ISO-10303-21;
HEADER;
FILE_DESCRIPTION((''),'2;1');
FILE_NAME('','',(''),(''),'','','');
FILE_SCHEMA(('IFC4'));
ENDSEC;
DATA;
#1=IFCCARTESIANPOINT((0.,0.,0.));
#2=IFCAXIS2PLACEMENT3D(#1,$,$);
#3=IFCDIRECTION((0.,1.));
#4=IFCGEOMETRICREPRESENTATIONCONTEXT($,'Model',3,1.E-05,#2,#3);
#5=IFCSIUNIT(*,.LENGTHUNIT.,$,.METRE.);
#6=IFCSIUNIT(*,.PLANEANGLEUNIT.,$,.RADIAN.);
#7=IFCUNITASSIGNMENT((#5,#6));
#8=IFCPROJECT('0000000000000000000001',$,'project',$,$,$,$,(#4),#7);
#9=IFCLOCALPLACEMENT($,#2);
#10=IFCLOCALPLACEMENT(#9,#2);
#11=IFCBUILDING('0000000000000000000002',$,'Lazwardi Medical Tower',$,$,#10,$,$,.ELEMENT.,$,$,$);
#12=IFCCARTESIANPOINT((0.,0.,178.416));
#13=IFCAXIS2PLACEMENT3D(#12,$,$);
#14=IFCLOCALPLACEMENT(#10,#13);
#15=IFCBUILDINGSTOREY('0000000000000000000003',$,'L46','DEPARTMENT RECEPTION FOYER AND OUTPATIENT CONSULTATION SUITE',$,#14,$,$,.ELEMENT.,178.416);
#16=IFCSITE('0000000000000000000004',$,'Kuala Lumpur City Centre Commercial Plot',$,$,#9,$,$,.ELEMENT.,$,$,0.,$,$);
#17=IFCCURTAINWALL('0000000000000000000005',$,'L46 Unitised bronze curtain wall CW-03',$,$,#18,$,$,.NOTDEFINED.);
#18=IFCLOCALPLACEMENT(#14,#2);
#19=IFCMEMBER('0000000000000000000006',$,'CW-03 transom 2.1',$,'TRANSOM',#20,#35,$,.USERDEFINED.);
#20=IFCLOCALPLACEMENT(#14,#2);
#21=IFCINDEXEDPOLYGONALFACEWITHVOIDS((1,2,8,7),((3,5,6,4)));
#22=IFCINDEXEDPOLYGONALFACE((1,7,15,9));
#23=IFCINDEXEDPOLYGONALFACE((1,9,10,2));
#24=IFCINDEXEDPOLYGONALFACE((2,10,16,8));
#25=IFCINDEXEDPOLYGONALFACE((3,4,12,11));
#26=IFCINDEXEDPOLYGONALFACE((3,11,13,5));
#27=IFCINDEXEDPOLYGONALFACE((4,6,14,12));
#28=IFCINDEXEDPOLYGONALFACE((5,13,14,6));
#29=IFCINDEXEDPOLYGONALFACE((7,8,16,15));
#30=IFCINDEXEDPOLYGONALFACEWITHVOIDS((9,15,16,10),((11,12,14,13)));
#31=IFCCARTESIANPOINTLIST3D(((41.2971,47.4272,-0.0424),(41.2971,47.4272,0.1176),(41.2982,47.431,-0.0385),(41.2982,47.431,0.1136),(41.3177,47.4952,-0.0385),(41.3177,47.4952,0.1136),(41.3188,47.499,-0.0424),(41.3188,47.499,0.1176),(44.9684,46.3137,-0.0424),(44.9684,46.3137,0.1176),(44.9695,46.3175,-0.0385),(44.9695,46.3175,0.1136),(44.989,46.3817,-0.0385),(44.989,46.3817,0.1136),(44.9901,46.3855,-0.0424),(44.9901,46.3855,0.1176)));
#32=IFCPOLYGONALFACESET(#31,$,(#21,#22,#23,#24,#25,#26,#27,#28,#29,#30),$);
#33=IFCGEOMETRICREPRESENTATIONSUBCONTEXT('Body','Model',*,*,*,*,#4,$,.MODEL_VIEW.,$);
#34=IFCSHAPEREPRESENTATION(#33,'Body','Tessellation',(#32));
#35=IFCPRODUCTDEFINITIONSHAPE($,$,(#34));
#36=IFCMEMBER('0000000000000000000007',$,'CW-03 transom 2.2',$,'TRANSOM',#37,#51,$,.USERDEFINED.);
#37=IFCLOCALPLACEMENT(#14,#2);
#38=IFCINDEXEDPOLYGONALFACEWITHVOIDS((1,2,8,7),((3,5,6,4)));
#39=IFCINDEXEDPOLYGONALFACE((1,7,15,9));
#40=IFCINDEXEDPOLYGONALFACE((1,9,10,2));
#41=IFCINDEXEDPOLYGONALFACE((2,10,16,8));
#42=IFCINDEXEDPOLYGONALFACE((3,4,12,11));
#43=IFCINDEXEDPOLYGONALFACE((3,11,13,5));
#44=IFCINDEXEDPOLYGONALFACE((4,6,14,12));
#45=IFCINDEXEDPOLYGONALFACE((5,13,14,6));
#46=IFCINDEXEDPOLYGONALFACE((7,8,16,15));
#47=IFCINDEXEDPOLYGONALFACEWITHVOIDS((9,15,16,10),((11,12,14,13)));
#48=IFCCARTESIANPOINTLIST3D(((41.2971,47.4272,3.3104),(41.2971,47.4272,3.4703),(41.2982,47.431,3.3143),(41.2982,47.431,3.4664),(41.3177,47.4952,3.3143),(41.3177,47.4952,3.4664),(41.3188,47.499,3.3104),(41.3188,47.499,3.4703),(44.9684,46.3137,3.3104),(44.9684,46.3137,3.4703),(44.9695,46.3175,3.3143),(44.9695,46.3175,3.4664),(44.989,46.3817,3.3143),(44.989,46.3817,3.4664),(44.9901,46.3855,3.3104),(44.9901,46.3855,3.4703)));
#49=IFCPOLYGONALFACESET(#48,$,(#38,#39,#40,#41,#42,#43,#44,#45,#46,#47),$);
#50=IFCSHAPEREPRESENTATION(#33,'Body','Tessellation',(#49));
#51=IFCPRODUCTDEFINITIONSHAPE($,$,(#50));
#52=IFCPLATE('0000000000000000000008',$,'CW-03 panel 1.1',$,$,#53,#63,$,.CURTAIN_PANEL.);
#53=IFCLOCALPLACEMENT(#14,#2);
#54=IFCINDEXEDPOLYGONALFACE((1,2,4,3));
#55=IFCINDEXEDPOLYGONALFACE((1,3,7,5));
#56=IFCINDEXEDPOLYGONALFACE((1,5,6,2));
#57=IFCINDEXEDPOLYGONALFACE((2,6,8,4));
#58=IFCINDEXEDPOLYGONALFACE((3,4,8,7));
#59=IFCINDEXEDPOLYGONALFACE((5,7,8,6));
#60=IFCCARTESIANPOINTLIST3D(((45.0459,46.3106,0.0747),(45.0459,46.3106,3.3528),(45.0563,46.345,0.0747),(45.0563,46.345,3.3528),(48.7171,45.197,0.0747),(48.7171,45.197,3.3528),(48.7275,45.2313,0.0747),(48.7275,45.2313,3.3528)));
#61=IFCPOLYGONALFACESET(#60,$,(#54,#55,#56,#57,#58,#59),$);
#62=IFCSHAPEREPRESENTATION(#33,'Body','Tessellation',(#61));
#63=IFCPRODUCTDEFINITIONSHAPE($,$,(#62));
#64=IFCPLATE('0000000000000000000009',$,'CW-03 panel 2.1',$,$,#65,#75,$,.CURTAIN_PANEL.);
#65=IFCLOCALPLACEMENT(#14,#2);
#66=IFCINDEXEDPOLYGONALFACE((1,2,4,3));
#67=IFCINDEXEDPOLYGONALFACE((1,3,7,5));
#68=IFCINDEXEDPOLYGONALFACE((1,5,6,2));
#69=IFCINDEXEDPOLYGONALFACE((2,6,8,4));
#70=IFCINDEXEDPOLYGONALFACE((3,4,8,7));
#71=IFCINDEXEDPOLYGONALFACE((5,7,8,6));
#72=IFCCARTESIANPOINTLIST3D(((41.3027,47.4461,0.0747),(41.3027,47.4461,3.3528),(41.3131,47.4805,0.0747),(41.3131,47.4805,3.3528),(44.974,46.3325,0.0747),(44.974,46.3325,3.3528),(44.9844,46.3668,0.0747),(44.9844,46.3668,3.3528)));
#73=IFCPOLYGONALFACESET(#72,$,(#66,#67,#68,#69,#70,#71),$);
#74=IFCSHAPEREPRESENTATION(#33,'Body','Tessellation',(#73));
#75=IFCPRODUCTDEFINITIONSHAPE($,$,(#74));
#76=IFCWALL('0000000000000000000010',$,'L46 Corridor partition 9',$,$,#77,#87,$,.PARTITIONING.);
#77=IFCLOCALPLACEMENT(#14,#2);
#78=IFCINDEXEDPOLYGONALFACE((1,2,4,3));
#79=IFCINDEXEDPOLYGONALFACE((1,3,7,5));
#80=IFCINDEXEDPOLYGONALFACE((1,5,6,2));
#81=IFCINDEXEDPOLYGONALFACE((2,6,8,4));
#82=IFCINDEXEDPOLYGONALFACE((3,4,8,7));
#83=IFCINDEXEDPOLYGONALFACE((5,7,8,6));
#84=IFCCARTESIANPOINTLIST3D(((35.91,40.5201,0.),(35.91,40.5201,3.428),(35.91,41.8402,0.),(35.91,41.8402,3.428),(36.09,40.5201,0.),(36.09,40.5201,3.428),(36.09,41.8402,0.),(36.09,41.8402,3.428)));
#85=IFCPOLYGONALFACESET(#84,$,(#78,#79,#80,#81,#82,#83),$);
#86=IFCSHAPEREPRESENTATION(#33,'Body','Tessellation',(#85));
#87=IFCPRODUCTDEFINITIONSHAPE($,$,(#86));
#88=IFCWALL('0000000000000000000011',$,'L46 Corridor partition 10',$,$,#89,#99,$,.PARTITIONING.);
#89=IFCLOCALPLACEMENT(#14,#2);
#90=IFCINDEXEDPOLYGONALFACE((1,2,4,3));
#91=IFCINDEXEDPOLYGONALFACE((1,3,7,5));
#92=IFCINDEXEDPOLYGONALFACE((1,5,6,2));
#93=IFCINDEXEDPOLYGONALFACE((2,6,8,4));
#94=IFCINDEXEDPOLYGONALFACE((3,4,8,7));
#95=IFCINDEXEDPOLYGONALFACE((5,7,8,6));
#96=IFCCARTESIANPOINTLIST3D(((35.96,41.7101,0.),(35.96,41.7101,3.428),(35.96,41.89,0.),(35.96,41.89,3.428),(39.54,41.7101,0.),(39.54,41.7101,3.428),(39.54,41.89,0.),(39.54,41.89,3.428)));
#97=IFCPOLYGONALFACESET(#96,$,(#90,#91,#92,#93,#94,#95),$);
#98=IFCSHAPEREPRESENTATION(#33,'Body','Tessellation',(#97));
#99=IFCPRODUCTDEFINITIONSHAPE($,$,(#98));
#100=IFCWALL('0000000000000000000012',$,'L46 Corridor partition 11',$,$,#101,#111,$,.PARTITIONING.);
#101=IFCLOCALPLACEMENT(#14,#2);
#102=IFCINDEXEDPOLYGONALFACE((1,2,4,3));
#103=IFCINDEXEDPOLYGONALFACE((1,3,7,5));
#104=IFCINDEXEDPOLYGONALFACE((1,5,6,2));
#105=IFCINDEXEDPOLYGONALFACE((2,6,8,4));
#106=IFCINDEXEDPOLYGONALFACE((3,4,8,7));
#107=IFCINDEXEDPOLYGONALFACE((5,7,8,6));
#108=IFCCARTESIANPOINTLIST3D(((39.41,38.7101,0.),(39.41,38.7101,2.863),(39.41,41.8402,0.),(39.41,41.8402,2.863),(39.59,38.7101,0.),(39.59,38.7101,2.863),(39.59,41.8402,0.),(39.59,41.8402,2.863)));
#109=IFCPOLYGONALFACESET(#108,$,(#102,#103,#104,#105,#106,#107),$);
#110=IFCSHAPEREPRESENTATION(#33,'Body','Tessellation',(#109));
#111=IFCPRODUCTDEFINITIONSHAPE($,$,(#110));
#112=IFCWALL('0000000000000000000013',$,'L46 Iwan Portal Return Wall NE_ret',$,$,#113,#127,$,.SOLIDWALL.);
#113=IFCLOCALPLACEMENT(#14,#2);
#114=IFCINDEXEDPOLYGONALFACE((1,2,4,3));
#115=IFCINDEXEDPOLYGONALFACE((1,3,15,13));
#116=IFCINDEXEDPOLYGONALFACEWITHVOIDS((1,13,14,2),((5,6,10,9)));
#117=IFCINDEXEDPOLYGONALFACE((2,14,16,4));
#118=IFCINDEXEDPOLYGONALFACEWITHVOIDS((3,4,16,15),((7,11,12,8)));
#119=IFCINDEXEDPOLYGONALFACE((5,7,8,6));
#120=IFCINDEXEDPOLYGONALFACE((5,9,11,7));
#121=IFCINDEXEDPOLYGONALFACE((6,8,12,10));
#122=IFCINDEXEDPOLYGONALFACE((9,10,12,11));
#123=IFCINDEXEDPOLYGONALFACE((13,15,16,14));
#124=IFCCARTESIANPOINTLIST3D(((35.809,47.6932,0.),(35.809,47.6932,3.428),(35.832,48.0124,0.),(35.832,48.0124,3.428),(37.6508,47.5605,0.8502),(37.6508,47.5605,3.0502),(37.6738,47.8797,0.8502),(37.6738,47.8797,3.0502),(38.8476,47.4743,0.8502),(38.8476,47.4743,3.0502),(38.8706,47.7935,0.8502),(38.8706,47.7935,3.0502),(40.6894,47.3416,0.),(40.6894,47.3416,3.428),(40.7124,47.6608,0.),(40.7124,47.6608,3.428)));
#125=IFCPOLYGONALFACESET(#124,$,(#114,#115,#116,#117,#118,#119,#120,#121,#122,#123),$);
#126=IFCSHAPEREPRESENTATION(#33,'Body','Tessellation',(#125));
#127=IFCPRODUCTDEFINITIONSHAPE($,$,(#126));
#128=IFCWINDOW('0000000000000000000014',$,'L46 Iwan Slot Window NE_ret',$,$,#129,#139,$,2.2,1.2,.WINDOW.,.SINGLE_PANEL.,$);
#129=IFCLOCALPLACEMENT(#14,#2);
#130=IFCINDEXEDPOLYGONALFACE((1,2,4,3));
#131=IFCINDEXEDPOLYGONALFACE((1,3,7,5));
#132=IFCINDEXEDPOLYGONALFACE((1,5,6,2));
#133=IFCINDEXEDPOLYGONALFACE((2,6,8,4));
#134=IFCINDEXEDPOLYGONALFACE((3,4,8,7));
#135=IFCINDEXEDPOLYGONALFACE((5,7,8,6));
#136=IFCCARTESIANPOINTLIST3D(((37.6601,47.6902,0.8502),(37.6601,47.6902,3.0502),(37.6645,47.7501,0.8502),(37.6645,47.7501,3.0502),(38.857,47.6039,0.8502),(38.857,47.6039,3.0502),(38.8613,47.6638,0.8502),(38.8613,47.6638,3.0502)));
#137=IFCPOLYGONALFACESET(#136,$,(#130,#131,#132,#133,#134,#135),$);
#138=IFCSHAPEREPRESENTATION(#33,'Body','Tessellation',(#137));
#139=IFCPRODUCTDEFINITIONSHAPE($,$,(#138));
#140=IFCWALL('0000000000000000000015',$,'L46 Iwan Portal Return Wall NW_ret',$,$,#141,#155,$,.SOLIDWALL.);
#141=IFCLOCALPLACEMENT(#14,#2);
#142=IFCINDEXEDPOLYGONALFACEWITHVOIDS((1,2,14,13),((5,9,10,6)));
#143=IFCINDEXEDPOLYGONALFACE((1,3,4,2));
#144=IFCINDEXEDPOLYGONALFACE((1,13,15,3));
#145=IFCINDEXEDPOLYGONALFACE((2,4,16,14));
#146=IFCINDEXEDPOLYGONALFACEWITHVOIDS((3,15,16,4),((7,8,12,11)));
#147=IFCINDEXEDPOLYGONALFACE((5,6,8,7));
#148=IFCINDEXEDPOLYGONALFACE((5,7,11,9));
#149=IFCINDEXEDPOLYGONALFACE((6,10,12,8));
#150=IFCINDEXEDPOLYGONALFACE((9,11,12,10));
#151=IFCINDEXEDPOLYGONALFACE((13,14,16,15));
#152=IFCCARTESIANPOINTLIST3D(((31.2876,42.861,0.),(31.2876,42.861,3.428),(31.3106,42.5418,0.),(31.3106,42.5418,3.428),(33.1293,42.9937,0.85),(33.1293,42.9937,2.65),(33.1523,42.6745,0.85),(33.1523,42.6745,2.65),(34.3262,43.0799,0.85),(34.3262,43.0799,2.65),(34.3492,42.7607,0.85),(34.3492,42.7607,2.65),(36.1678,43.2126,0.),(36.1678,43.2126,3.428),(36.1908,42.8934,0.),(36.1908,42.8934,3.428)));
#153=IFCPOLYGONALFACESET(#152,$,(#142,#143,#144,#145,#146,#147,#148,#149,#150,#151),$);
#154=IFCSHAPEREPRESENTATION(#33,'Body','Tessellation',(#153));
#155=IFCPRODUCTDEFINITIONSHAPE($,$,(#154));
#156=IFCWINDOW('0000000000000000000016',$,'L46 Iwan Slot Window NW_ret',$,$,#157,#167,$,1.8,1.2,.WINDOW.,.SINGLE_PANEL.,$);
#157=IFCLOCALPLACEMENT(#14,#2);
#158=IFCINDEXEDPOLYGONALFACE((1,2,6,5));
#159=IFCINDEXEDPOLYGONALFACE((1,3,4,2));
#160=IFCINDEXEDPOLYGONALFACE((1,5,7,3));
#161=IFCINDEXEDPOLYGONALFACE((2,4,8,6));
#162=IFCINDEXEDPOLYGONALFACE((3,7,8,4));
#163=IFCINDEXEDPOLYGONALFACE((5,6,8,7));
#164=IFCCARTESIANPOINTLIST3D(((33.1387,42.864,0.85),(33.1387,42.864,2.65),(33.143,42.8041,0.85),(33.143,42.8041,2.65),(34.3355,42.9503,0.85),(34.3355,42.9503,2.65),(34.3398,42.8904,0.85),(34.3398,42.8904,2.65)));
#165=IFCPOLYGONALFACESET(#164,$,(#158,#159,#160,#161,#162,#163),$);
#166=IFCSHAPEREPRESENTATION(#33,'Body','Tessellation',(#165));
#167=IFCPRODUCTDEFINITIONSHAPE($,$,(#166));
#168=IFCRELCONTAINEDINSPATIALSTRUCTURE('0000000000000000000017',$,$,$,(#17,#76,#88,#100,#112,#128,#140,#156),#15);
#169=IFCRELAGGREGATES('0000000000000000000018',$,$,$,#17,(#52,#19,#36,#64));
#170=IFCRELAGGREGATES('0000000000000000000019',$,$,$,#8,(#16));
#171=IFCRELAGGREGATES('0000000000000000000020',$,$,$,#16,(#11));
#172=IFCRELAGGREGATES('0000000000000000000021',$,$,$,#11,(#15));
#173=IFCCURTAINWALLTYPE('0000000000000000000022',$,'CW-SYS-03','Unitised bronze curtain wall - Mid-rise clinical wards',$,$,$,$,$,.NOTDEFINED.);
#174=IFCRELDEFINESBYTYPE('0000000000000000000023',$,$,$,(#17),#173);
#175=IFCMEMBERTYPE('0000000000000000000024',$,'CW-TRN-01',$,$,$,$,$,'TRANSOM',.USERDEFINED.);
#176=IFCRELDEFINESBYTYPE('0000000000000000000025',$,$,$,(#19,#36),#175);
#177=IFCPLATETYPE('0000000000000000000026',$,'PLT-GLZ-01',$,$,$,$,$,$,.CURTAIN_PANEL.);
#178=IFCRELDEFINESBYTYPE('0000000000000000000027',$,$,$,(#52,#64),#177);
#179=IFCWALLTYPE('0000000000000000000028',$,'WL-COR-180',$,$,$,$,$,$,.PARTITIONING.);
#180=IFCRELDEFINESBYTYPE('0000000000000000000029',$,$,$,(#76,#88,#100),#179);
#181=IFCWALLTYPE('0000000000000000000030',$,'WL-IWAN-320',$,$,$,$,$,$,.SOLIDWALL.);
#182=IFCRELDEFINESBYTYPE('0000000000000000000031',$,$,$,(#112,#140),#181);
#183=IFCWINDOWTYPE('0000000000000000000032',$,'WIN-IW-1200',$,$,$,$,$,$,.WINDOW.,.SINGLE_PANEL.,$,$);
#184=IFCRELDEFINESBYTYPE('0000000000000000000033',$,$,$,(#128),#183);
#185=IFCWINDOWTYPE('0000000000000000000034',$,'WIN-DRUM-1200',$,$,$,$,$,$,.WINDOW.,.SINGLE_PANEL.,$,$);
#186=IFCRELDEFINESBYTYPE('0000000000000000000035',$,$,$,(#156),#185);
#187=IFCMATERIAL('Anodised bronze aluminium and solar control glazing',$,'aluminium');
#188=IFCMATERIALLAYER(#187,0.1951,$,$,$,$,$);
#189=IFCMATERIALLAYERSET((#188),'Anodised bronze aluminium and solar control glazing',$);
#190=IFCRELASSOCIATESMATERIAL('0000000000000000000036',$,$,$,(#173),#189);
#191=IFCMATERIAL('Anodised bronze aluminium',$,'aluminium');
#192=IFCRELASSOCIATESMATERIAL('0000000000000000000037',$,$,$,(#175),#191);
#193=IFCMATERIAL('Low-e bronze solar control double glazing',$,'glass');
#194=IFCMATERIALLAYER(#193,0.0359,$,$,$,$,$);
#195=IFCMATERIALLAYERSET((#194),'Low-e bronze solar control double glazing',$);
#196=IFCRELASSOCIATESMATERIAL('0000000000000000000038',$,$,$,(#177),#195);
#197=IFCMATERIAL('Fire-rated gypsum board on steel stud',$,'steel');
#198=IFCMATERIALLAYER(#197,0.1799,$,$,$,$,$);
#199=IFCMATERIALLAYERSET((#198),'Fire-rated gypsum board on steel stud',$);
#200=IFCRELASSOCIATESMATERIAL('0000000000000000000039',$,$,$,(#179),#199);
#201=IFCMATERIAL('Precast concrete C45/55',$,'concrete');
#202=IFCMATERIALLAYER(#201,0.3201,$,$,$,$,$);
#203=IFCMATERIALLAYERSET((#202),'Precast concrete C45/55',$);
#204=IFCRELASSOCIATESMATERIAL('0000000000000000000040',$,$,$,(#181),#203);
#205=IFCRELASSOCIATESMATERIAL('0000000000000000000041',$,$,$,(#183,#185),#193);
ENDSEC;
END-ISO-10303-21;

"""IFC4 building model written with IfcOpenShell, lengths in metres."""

from ifc_helpers import new_model, si_unit, direction, frame, frame_2d, origin, origin_2d, place, context, subcontext, project, spatial, rectangle, hollow_rectangle, extrude, material, layer, layer_set, material_profile, profile_set, type_object, element, fill, aggregate, save


model = new_model("IFC4")

# Units and contexts
model_context = context("Model", 3, precision=1e-05, world=origin(), true_north=direction((0.0, 1.0)))
body_context = subcontext(model_context, "Body", "Model", "MODEL_VIEW")
ifc_project = project(units=[si_unit("LENGTHUNIT", "METRE"), si_unit("PLANEANGLEUNIT", "RADIAN")], contexts=[model_context])

# Site, building, storey
site_placement = place(None, origin())
site = spatial("IfcSite", under=ifc_project, at=site_placement, Name="Kuala Lumpur City Centre Commercial Plot", CompositionType="ELEMENT", RefElevation=0.0)
building_placement = place(site_placement, origin())
building = spatial("IfcBuilding", under=site, at=building_placement, Name="Lazwardi Medical Tower", CompositionType="ELEMENT")
storey_placement = place(building_placement, frame((0.0, 0.0, 178.416)))
storey = spatial("IfcBuildingStorey", under=building, at=storey_placement, Name="L46", Description="DEPARTMENT RECEPTION FOYER AND OUTPATIENT CONSULTATION SUITE", CompositionType="ELEMENT", Elevation=178.416)

# Curtain wall, members, plates
ifc_material_1 = material(Name="Anodised bronze aluminium and solar control glazing", Category="aluminium")
ifc_layer_1 = layer(ifc_material_1, 0.1951)
ifc_layer_set_1 = layer_set([ifc_layer_1], Name="Anodised bronze aluminium and solar control glazing")
curtain_wall_type = type_object("IfcCurtainWallType", Name="CW-SYS-03", Description="Unitised bronze curtain wall - Mid-rise clinical wards", PredefinedType="NOTDEFINED", material=ifc_layer_set_1)
curtain_wall_placement = place(storey_placement, origin())
curtain_wall = element("IfcCurtainWall", 1, at=curtain_wall_placement, inside=storey, type_object=curtain_wall_type, Name="L46 Unitised bronze curtain wall CW-03", PredefinedType="NOTDEFINED")
ifc_material_2 = material(Name="Anodised bronze aluminium", Category="aluminium")
ifc_material_profile_1 = material_profile(ifc_material_2, hollow_rectangle(XDim=0.075, YDim=0.1599, WallThickness=0.0039, at=origin_2d()), Name="ALU-TRANSOM 160x75x4")
ifc_profile_set_1 = profile_set([ifc_material_profile_1], Name="Anodised bronze aluminium")
member_type_1 = type_object("IfcMemberType", Name="CW-TRN-01", ElementType="TRANSOM", PredefinedType="USERDEFINED", material=ifc_profile_set_1)
member_1_placement = place(storey_placement, frame((44.9792, 46.3496, 0.0376), z_axis=(-0.956953, 0.290242, 0.0), x_axis=(-0.290242, -0.956953, 0.0)))
member_1 = element("IfcMember", 2, at=member_1_placement, type_object=member_type_1, Name="CW-03 transom 2.1", ObjectType="TRANSOM", PredefinedType="USERDEFINED", context=body_context, shape_type="SweptSolid", body=[
    extrude(hollow_rectangle(XDim=0.075, YDim=0.1599, WallThickness=0.0039, at=origin_2d()), origin(), (0.0, 0.0, 1.0), 3.8364),
])
member_2_placement = place(storey_placement, frame((44.9792, 46.3496, 3.3904), z_axis=(-0.956953, 0.290242, 0.0), x_axis=(-0.290242, -0.956953, 0.0)))
member_2 = element("IfcMember", 3, at=member_2_placement, type_object=member_type_1, Name="CW-03 transom 2.2", ObjectType="TRANSOM", PredefinedType="USERDEFINED", context=body_context, shape_type="SweptSolid", body=[
    extrude(hollow_rectangle(XDim=0.075, YDim=0.1599, WallThickness=0.0039, at=origin_2d()), origin(), (0.0, 0.0, 1.0), 3.8364),
])
ifc_material_3 = material(Name="Low-e bronze solar control double glazing", Category="glass")
ifc_layer_2 = layer(ifc_material_3, 0.0359)
ifc_layer_set_2 = layer_set([ifc_layer_2], Name="Low-e bronze solar control double glazing")
plate_type = type_object("IfcPlateType", Name="PLT-GLZ-01", PredefinedType="CURTAIN_PANEL", material=ifc_layer_set_2)
plate_1_placement = place(storey_placement, frame((46.8867, 45.771, 0.0747), z_axis=(0.0, 0.0, 1.0), x_axis=(-0.956942, 0.290281, 0.0)))
plate_1 = element("IfcPlate", 4, at=plate_1_placement, type_object=plate_type, Name="CW-03 panel 1.1", PredefinedType="CURTAIN_PANEL", context=body_context, shape_type="SweptSolid", body=[
    extrude(rectangle(XDim=3.8364, YDim=0.0359, at=origin_2d()), origin(), (0.0, 0.0, 1.0), 3.2781),
])
plate_2_placement = place(storey_placement, frame((43.1436, 46.9065, 0.0747), z_axis=(0.0, 0.0, 1.0), x_axis=(-0.956942, 0.290281, 0.0)))
plate_2 = element("IfcPlate", 5, at=plate_2_placement, type_object=plate_type, Name="CW-03 panel 2.1", PredefinedType="CURTAIN_PANEL", context=body_context, shape_type="SweptSolid", body=[
    extrude(rectangle(XDim=3.8364, YDim=0.0359, at=origin_2d()), origin(), (0.0, 0.0, 1.0), 3.2781),
])
aggregate(curtain_wall, [plate_1, member_1, member_2, plate_2])

# Walls
ifc_material_4 = material(Name="Fire-rated gypsum board on steel stud", Category="steel")
ifc_layer_3 = layer(ifc_material_4, 0.1799)
ifc_layer_set_3 = layer_set([ifc_layer_3], Name="Fire-rated gypsum board on steel stud")
wall_type_1 = type_object("IfcWallType", Name="WL-COR-180", PredefinedType="PARTITIONING", material=ifc_layer_set_3)
wall_1_placement = place(storey_placement, frame((36.0, 40.52, 0.0), z_axis=(0.0, 0.0, 1.0), x_axis=(0.0, 1.0, 0.0)))
element("IfcWall", 6, at=wall_1_placement, inside=storey, type_object=wall_type_1, Name="L46 Corridor partition 9", PredefinedType="PARTITIONING", context=body_context, shape_type="SweptSolid", body=[
    extrude(rectangle(XDim=1.3201, YDim=0.1799, at=frame_2d((0.6602, 0.0))), origin(), (0.0, 0.0, 1.0), 3.428),
])
wall_2_placement = place(storey_placement, frame((35.96, 41.8, 0.0), z_axis=(0.0, 0.0, 1.0), x_axis=(1.0, 0.0, 0.0)))
element("IfcWall", 7, at=wall_2_placement, inside=storey, type_object=wall_type_1, Name="L46 Corridor partition 10", PredefinedType="PARTITIONING", context=body_context, shape_type="SweptSolid", body=[
    extrude(rectangle(XDim=3.5801, YDim=0.1799, at=frame_2d((1.79, 0.0))), origin(), (0.0, 0.0, 1.0), 3.428),
])
wall_3_placement = place(storey_placement, frame((39.5, 41.8401, 0.0), z_axis=(0.0, 0.0, 1.0), x_axis=(0.0, -1.0, 0.0)))
element("IfcWall", 8, at=wall_3_placement, inside=storey, type_object=wall_type_1, Name="L46 Corridor partition 11", PredefinedType="PARTITIONING", context=body_context, shape_type="SweptSolid", body=[
    extrude(rectangle(XDim=3.1301, YDim=0.1799, at=frame_2d((1.5649, 0.0))), origin(), (0.0, 0.0, 1.0), 2.863),
])

# Walls, openings, windows
ifc_material_5 = material(Name="Precast concrete C45/55", Category="concrete")
ifc_layer_4 = layer(ifc_material_5, 0.3201)
ifc_layer_set_4 = layer_set([ifc_layer_4], Name="Precast concrete C45/55")
wall_type_2 = type_object("IfcWallType", Name="WL-IWAN-320", PredefinedType="SOLIDWALL", material=ifc_layer_set_4)
wall_4_placement = place(storey_placement, frame((40.7009, 47.5012, 0.0), z_axis=(0.0, 0.0, 1.0), x_axis=(-0.997415, 0.07185, 0.0)))
wall_4 = element("IfcWall", 9, at=wall_4_placement, inside=storey, type_object=wall_type_2, Name="L46 Iwan Portal Return Wall NE_ret", PredefinedType="SOLIDWALL", context=body_context, shape_type="SweptSolid", body=[
    extrude(rectangle(XDim=4.8931, YDim=0.3201, at=frame_2d((2.4465, 0.0))), origin(), (0.0, 0.0, 1.0), 3.428),
])
opening_1_placement = place(wall_4_placement, frame((1.8464, 0.0, 0.8501)))
opening_1 = element("IfcOpeningElement", 10, at=opening_1_placement, cuts=wall_4, PredefinedType="OPENING", context=body_context, shape_type="SweptSolid", body=[
    extrude(rectangle(XDim=1.2, YDim=2.2, at=frame_2d((0.6001, 1.1001))), frame((0.0, 0.1699, 0.0), z_axis=(0.0, -1.0, 0.0), x_axis=(1.0, 0.0, 0.0)), (0.0, 0.0, 1.0), 0.3401),
])
window_type_1 = type_object("IfcWindowType", Name="WIN-IW-1200", PartitioningType="SINGLE_PANEL", PredefinedType="WINDOW", material=ifc_material_3)
window_1_placement = place(opening_1_placement, origin())
window_1 = element("IfcWindow", 11, at=window_1_placement, inside=storey, type_object=window_type_1, Name="L46 Iwan Slot Window NE_ret", OverallHeight=2.2, OverallWidth=1.2, PartitioningType="SINGLE_PANEL", PredefinedType="WINDOW", context=body_context, shape_type="SweptSolid", body=[
    extrude(rectangle(XDim=1.2, YDim=2.2, at=frame_2d((0.6001, 1.1001))), frame((0.0, 0.03, 0.0), z_axis=(0.0, -1.0, 0.0), x_axis=(1.0, 0.0, 0.0)), (0.0, 0.0, 1.0), 0.0601),
])
fill(opening_1, window_1)
wall_5_placement = place(storey_placement, frame((36.1792, 43.053, 0.0), z_axis=(0.0, 0.0, 1.0), x_axis=(-0.997415, -0.071853, 0.0)))
wall_5 = element("IfcWall", 12, at=wall_5_placement, inside=storey, type_object=wall_type_2, Name="L46 Iwan Portal Return Wall NW_ret", PredefinedType="SOLIDWALL", context=body_context, shape_type="SweptSolid", body=[
    extrude(rectangle(XDim=4.8928, YDim=0.3201, at=frame_2d((2.4463, 0.0))), origin(), (0.0, 0.0, 1.0), 3.428),
])
opening_2_placement = place(wall_5_placement, frame((1.8462, 0.0, 0.8501)))
opening_2 = element("IfcOpeningElement", 13, at=opening_2_placement, cuts=wall_5, PredefinedType="OPENING", context=body_context, shape_type="SweptSolid", body=[
    extrude(rectangle(XDim=1.2, YDim=1.8, at=frame_2d((0.6001, 0.8999))), frame((0.0, 0.1699, 0.0), z_axis=(0.0, -1.0, 0.0), x_axis=(1.0, 0.0, 0.0)), (0.0, 0.0, 1.0), 0.3401),
])
window_type_2 = type_object("IfcWindowType", Name="WIN-DRUM-1200", PartitioningType="SINGLE_PANEL", PredefinedType="WINDOW", material=ifc_material_3)
window_2_placement = place(opening_2_placement, origin())
window_2 = element("IfcWindow", 14, at=window_2_placement, inside=storey, type_object=window_type_2, Name="L46 Iwan Slot Window NW_ret", OverallHeight=1.8, OverallWidth=1.2, PartitioningType="SINGLE_PANEL", PredefinedType="WINDOW", context=body_context, shape_type="SweptSolid", body=[
    extrude(rectangle(XDim=1.2, YDim=1.8, at=frame_2d((0.6001, 0.8999))), frame((0.0, 0.03, 0.0), z_axis=(0.0, -1.0, 0.0), x_axis=(1.0, 0.0, 0.0)), (0.0, 0.0, 1.0), 0.0601),
])
fill(opening_2, window_2)

save(model, "model.ifc")
